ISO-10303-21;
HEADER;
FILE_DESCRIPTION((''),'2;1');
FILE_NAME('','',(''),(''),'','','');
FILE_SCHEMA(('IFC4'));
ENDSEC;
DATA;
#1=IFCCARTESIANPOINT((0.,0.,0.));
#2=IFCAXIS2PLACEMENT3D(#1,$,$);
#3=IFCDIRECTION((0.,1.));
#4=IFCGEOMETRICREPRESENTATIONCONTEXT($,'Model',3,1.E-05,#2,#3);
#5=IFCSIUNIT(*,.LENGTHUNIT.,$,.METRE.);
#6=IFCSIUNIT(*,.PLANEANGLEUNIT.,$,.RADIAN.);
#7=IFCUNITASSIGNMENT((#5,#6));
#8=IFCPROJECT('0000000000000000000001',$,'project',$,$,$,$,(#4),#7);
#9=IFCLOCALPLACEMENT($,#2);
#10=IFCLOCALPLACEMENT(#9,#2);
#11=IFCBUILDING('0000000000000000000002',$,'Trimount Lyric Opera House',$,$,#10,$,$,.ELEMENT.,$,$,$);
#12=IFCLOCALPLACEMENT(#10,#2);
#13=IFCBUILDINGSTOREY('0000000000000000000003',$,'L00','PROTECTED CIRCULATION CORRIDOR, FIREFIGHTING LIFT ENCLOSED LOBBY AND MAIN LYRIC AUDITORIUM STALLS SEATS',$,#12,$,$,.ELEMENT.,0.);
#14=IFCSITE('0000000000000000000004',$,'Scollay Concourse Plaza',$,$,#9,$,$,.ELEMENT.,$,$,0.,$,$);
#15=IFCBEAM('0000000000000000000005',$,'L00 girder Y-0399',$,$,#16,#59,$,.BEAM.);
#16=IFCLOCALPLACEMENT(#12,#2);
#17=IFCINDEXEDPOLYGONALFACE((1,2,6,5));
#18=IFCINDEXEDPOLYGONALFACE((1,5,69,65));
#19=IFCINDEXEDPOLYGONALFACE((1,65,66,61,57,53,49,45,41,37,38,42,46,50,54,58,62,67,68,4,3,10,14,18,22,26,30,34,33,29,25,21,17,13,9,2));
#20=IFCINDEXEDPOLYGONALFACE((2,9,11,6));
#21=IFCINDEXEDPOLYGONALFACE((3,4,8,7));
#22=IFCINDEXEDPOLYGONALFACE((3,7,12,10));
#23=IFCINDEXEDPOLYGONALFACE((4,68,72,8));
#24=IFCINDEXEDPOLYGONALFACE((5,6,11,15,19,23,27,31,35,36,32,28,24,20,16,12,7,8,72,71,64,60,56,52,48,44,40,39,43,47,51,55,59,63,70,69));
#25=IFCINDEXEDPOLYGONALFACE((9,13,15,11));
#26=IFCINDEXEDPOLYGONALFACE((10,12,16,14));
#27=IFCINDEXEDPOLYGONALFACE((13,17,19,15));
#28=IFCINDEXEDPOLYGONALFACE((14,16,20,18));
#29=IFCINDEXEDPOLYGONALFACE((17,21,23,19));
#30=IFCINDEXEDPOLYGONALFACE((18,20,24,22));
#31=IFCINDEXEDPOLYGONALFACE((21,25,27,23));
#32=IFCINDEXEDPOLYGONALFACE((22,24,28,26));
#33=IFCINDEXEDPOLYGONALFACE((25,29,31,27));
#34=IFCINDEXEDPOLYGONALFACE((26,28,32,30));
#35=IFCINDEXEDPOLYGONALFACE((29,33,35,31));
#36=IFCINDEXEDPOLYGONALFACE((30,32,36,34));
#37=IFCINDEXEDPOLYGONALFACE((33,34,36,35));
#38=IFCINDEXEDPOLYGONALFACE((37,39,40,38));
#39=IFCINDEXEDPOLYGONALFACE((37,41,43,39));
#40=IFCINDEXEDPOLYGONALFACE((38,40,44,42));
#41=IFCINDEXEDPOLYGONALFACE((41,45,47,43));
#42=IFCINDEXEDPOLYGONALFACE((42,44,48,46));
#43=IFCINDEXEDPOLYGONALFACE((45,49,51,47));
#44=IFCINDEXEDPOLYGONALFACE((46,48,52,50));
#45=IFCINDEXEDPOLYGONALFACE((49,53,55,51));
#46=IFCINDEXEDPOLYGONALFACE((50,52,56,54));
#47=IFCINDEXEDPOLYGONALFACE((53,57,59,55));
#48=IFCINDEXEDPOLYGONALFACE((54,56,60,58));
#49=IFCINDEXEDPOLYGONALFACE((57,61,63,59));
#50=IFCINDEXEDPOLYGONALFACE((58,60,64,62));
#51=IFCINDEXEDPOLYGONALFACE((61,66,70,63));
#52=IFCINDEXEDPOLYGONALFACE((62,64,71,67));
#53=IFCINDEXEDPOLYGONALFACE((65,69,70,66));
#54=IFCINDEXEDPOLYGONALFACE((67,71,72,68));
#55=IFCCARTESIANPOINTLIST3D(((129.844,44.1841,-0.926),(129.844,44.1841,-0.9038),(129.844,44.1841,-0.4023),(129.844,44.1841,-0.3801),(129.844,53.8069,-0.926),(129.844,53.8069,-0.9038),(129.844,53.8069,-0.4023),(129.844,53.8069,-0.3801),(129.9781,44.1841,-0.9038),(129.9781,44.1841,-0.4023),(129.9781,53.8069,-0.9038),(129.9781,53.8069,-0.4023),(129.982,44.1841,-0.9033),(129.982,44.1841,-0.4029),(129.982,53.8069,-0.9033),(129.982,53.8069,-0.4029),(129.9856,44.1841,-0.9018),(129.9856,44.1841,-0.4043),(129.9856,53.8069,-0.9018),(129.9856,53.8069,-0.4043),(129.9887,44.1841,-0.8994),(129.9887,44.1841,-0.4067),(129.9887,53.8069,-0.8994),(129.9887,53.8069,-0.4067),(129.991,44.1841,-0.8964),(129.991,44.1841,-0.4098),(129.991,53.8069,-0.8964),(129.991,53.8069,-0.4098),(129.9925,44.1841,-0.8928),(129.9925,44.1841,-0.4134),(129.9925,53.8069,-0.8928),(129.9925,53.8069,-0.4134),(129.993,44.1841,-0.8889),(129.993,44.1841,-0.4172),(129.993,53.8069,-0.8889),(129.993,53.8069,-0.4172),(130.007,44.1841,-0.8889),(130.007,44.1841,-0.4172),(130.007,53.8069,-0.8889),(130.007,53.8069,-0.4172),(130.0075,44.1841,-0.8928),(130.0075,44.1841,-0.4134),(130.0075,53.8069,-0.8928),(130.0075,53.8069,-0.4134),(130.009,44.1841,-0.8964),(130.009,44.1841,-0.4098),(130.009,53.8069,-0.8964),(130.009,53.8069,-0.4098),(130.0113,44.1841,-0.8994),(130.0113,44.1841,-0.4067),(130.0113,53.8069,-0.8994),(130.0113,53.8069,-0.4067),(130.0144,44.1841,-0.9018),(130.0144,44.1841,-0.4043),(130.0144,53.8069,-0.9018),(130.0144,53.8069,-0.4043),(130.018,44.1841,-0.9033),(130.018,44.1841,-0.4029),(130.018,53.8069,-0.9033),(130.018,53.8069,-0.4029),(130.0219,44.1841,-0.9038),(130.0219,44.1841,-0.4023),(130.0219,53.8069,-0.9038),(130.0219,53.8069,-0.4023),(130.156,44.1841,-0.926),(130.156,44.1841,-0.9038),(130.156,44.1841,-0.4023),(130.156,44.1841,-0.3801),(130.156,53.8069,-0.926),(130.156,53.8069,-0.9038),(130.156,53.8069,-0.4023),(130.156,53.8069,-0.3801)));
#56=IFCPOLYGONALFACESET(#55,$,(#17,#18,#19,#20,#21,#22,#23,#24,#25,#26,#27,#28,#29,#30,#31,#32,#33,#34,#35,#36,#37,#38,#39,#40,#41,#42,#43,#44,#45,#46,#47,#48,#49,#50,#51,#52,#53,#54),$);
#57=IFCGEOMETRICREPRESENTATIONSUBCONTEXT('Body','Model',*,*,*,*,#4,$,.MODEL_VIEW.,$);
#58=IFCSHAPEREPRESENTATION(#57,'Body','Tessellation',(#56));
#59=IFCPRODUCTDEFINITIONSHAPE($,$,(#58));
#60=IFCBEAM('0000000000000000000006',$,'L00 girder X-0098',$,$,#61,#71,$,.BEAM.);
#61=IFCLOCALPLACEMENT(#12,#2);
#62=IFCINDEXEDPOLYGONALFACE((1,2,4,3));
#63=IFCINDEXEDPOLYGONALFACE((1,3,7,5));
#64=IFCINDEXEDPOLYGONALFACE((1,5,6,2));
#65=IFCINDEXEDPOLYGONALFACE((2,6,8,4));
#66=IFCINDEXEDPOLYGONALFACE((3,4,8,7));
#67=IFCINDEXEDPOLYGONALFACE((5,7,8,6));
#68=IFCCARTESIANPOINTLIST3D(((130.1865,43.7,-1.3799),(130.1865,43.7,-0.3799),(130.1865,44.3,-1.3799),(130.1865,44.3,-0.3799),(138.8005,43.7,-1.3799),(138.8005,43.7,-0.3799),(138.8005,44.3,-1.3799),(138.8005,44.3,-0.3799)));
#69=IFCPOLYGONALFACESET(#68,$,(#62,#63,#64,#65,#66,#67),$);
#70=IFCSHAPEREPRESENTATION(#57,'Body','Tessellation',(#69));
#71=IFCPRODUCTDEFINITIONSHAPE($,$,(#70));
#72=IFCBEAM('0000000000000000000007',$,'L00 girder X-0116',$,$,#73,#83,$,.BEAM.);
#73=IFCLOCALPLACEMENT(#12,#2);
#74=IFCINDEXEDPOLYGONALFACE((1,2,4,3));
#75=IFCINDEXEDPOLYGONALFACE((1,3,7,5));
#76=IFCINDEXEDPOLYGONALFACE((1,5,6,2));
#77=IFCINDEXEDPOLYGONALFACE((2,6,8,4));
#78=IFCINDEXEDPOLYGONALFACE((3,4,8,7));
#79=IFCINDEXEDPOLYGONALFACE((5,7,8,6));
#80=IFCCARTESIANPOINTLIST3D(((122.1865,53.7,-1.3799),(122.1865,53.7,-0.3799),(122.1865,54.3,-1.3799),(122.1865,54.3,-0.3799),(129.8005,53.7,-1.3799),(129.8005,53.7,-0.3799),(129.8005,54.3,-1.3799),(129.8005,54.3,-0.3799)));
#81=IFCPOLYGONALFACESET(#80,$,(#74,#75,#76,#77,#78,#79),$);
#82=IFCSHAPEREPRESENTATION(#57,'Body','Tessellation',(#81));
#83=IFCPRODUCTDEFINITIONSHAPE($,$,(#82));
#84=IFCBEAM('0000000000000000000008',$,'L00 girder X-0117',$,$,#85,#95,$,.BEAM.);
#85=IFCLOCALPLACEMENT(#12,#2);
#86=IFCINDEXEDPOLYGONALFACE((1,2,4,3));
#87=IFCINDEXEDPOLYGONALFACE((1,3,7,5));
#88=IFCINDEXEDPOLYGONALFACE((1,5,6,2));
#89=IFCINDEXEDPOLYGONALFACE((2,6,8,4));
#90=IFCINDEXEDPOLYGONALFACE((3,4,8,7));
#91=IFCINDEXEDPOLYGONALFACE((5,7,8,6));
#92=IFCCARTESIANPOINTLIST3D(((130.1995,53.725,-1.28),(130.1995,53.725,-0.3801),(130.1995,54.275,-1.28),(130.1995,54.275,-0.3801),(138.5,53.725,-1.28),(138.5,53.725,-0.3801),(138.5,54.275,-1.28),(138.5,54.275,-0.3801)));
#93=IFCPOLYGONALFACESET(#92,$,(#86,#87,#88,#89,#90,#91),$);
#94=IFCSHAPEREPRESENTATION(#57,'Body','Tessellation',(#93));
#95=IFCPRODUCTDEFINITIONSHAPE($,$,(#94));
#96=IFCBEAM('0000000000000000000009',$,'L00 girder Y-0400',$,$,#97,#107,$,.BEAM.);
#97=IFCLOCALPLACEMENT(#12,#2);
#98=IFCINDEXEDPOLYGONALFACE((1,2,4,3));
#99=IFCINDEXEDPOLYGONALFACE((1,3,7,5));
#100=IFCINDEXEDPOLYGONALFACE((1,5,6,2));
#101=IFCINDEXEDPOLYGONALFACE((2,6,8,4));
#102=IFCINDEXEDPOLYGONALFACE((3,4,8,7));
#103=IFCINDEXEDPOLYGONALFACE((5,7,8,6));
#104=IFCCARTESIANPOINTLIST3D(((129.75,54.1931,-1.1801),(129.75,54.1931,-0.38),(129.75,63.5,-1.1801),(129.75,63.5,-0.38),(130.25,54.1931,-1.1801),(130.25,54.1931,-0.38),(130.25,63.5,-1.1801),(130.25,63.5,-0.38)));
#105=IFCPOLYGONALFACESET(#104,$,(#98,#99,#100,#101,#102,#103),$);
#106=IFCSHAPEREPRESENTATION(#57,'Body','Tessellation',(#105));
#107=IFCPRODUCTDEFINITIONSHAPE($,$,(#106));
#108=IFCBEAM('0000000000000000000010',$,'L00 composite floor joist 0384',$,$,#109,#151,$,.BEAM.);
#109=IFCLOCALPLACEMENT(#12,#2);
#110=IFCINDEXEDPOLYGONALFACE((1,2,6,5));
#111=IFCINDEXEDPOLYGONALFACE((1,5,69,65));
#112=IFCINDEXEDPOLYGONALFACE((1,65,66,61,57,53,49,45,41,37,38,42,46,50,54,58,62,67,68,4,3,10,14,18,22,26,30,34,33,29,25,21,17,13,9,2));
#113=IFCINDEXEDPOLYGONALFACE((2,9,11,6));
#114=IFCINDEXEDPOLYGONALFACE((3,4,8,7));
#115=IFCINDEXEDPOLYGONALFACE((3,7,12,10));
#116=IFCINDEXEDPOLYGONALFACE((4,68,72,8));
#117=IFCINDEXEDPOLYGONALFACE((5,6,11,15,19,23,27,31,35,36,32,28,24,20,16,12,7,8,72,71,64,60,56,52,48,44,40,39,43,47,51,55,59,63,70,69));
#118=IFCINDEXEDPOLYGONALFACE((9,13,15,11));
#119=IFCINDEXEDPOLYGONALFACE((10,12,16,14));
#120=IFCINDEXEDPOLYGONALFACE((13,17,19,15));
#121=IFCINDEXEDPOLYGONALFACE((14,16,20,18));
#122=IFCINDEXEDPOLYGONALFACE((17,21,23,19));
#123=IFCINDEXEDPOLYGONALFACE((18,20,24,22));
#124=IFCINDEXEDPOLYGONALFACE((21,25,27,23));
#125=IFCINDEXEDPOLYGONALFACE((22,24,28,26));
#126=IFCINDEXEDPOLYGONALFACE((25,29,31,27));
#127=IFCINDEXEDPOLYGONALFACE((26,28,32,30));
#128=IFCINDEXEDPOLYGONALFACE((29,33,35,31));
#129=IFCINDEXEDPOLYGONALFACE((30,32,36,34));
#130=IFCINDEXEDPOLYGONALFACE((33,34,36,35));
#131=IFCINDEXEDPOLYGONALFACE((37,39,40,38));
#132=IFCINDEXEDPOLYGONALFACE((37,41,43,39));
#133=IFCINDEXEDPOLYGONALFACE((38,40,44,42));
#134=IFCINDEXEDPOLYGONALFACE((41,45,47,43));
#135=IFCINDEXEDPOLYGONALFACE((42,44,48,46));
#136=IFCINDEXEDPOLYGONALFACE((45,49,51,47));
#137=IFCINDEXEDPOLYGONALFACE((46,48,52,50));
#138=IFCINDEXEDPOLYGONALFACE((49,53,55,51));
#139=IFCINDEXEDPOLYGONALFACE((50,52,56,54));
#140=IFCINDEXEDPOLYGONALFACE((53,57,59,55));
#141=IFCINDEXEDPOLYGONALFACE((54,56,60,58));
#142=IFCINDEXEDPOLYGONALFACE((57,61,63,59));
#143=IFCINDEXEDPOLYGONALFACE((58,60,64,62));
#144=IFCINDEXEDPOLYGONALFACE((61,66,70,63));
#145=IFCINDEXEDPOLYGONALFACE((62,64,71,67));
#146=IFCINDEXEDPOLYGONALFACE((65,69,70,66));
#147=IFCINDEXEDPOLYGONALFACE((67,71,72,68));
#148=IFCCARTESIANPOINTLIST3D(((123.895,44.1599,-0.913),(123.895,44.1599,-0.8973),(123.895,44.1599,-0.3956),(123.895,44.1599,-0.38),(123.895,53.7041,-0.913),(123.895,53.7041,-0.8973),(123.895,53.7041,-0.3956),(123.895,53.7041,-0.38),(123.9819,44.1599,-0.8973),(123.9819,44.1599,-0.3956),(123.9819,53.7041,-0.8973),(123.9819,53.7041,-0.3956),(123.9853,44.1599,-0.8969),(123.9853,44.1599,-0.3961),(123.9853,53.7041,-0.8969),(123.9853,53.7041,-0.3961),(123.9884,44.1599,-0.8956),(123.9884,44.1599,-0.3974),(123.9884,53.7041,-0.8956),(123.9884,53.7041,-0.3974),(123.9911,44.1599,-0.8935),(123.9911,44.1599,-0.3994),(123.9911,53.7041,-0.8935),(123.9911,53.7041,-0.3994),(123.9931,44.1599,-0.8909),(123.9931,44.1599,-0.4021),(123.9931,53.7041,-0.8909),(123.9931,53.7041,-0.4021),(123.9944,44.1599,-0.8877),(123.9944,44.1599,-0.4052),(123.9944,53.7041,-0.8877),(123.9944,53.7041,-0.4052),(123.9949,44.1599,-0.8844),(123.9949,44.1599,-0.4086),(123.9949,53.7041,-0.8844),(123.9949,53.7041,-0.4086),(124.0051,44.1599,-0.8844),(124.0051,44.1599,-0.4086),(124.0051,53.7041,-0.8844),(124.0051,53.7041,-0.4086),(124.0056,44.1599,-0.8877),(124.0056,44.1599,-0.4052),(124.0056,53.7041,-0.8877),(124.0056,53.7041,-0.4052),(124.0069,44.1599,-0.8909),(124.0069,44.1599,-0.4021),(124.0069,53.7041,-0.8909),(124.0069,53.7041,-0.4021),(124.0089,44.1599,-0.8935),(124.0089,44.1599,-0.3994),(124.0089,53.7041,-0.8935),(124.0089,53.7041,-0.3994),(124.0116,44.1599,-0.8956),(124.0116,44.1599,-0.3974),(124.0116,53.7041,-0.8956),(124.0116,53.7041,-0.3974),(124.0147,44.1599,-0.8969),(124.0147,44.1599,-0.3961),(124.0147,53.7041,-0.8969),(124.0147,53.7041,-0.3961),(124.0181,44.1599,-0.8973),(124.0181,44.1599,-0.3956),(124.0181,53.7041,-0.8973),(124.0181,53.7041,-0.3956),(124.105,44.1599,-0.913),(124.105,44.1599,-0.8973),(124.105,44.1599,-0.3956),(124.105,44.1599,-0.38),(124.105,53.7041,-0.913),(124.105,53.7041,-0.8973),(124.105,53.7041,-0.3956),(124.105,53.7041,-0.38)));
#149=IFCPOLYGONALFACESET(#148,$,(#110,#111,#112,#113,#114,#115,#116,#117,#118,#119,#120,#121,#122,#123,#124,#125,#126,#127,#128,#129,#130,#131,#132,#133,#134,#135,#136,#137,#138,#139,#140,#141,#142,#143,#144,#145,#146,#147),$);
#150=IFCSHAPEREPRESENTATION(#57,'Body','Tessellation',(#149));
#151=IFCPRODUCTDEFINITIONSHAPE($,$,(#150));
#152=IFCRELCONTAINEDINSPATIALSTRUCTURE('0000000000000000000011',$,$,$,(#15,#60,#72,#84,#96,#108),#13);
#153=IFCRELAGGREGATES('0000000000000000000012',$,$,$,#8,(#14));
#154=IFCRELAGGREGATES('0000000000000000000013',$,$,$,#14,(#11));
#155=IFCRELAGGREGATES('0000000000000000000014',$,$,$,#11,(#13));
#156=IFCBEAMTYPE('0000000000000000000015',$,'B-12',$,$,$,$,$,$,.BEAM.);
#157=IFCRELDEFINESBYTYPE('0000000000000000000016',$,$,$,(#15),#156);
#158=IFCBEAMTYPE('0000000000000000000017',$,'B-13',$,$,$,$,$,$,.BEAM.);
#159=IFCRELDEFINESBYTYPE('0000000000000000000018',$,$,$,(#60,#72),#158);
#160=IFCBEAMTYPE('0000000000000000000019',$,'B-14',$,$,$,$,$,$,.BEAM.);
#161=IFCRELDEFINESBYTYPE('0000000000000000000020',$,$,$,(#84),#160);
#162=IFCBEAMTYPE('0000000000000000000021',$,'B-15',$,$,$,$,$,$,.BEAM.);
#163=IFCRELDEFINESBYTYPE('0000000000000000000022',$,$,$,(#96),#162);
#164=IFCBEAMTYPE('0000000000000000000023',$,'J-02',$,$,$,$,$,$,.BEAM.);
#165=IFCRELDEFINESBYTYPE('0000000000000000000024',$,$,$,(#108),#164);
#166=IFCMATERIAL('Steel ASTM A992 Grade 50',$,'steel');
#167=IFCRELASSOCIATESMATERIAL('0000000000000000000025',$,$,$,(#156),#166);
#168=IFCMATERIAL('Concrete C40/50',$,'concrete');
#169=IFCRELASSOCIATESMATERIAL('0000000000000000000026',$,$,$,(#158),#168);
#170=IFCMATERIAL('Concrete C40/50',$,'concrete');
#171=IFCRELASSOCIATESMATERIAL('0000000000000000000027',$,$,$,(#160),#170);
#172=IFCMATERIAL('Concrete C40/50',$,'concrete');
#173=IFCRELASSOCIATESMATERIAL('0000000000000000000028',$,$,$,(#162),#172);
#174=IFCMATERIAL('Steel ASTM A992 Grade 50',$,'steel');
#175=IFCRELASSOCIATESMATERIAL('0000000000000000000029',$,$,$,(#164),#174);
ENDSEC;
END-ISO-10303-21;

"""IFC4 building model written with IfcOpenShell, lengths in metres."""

from ifc_helpers import new_model, si_unit, direction, frame, origin, origin_2d, place, context, subcontext, project, spatial, rectangle, i_section, extrude, material, material_profile, profile_set, type_object, element, save


model = new_model("IFC4")

# Units and contexts
model_context = context("Model", 3, precision=1e-05, world=origin(), true_north=direction((0.0, 1.0)))
body_context = subcontext(model_context, "Body", "Model", "MODEL_VIEW")
ifc_project = project(units=[si_unit("LENGTHUNIT", "METRE"), si_unit("PLANEANGLEUNIT", "RADIAN")], contexts=[model_context])

# Site, building, storey
site_placement = place(None, origin())
site = spatial("IfcSite", under=ifc_project, at=site_placement, Name="Scollay Concourse Plaza", CompositionType="ELEMENT", RefElevation=0.0)
building_placement = place(site_placement, origin())
building = spatial("IfcBuilding", under=site, at=building_placement, Name="Trimount Lyric Opera House", CompositionType="ELEMENT")
storey_placement = place(building_placement, origin())
storey = spatial("IfcBuildingStorey", under=building, at=storey_placement, Name="L00", Description="PROTECTED CIRCULATION CORRIDOR, FIREFIGHTING LIFT ENCLOSED LOBBY AND MAIN LYRIC AUDITORIUM STALLS SEATS", CompositionType="ELEMENT", Elevation=0.0)

# Beams
ifc_material_1 = material(Name="Steel ASTM A992 Grade 50", Category="steel")
ifc_material_profile_1 = material_profile(ifc_material_1, i_section(OverallWidth=0.312, OverallDepth=0.5459, WebThickness=0.0139, FlangeThickness=0.0222, FilletRadius=0.0149, at=origin_2d()), Name="W21X111")
ifc_profile_set_1 = profile_set([ifc_material_profile_1], Name="Steel ASTM A992 Grade 50")
beam_type_1 = type_object("IfcBeamType", Name="B-12", PredefinedType="BEAM", material=ifc_profile_set_1)
beam_1_placement = place(storey_placement, frame((130.0, 44.1841, -0.6531), z_axis=(0.0, 1.0, 0.0), x_axis=(-1.0, 0.0, 0.0)))
element("IfcBeam", 1, at=beam_1_placement, inside=storey, type_object=beam_type_1, Name="L00 girder Y-0399", PredefinedType="BEAM", context=body_context, shape_type="SweptSolid", body=[
    extrude(i_section(OverallWidth=0.312, OverallDepth=0.5459, WebThickness=0.0139, FlangeThickness=0.0222, FilletRadius=0.0149, at=origin_2d()), origin(), (0.0, 0.0, 1.0), 9.6228),
])
ifc_material_2 = material(Name="Concrete C40/50", Category="concrete")
ifc_material_profile_2 = material_profile(ifc_material_2, rectangle(XDim=0.6001, YDim=1.0, at=origin_2d()), Name="RC600X1000")
ifc_profile_set_2 = profile_set([ifc_material_profile_2], Name="Concrete C40/50")
beam_type_2 = type_object("IfcBeamType", Name="B-13", PredefinedType="BEAM", material=ifc_profile_set_2)
beam_2_placement = place(storey_placement, frame((130.1865, 44.0, -0.8799), z_axis=(1.0, 0.0, 0.0), x_axis=(0.0, 1.0, 0.0)))
element("IfcBeam", 2, at=beam_2_placement, inside=storey, type_object=beam_type_2, Name="L00 girder X-0098", PredefinedType="BEAM", context=body_context, shape_type="SweptSolid", body=[
    extrude(rectangle(XDim=0.6001, YDim=1.0, at=origin_2d()), origin(), (0.0, 0.0, 1.0), 8.614),
])
beam_3_placement = place(storey_placement, frame((122.1865, 54.0, -0.8799), z_axis=(1.0, 0.0, 0.0), x_axis=(0.0, 1.0, 0.0)))
element("IfcBeam", 3, at=beam_3_placement, inside=storey, type_object=beam_type_2, Name="L00 girder X-0116", PredefinedType="BEAM", context=body_context, shape_type="SweptSolid", body=[
    extrude(rectangle(XDim=0.6001, YDim=1.0, at=origin_2d()), origin(), (0.0, 0.0, 1.0), 7.614),
])
ifc_material_3 = material(Name="Concrete C40/50", Category="concrete")
ifc_material_profile_3 = material_profile(ifc_material_3, rectangle(XDim=0.55, YDim=0.8999, at=origin_2d()), Name="RC550X900")
ifc_profile_set_3 = profile_set([ifc_material_profile_3], Name="Concrete C40/50")
beam_type_3 = type_object("IfcBeamType", Name="B-14", PredefinedType="BEAM", material=ifc_profile_set_3)
beam_4_placement = place(storey_placement, frame((130.1995, 54.0, -0.8301), z_axis=(1.0, 0.0, 0.0), x_axis=(0.0, 1.0, 0.0)))
element("IfcBeam", 4, at=beam_4_placement, inside=storey, type_object=beam_type_3, Name="L00 girder X-0117", PredefinedType="BEAM", context=body_context, shape_type="SweptSolid", body=[
    extrude(rectangle(XDim=0.55, YDim=0.8999, at=origin_2d()), origin(), (0.0, 0.0, 1.0), 8.3005),
])
ifc_material_4 = material(Name="Concrete C40/50", Category="concrete")
ifc_material_profile_4 = material_profile(ifc_material_4, rectangle(XDim=0.5, YDim=0.8, at=origin_2d()), Name="RC500X800")
ifc_profile_set_4 = profile_set([ifc_material_profile_4], Name="Concrete C40/50")
beam_type_4 = type_object("IfcBeamType", Name="B-15", PredefinedType="BEAM", material=ifc_profile_set_4)
beam_5_placement = place(storey_placement, frame((130.0, 54.1931, -0.78), z_axis=(0.0, 1.0, 0.0), x_axis=(-1.0, 0.0, 0.0)))
element("IfcBeam", 5, at=beam_5_placement, inside=storey, type_object=beam_type_4, Name="L00 girder Y-0400", PredefinedType="BEAM", context=body_context, shape_type="SweptSolid", body=[
    extrude(rectangle(XDim=0.5, YDim=0.8, at=origin_2d()), origin(), (0.0, 0.0, 1.0), 9.3069),
])
ifc_material_5 = material(Name="Steel ASTM A992 Grade 50", Category="steel")
ifc_material_profile_5 = material_profile(ifc_material_5, i_section(OverallWidth=0.21, OverallDepth=0.533, WebThickness=0.0103, FlangeThickness=0.0156, FilletRadius=0.0129, at=origin_2d()), Name="W21X62")
ifc_profile_set_5 = profile_set([ifc_material_profile_5], Name="Steel ASTM A992 Grade 50")
beam_type_5 = type_object("IfcBeamType", Name="J-02", PredefinedType="BEAM", material=ifc_profile_set_5)
beam_6_placement = place(storey_placement, frame((124.0, 44.1599, -0.6465), z_axis=(0.0, 1.0, 0.0), x_axis=(-1.0, 0.0, 0.0)))
element("IfcBeam", 6, at=beam_6_placement, inside=storey, type_object=beam_type_5, Name="L00 composite floor joist 0384", PredefinedType="BEAM", context=body_context, shape_type="SweptSolid", body=[
    extrude(i_section(OverallWidth=0.21, OverallDepth=0.533, WebThickness=0.0103, FlangeThickness=0.0156, FilletRadius=0.0129, at=origin_2d()), origin(), (0.0, 0.0, 1.0), 9.5442),
])

save(model, "model.ifc")
